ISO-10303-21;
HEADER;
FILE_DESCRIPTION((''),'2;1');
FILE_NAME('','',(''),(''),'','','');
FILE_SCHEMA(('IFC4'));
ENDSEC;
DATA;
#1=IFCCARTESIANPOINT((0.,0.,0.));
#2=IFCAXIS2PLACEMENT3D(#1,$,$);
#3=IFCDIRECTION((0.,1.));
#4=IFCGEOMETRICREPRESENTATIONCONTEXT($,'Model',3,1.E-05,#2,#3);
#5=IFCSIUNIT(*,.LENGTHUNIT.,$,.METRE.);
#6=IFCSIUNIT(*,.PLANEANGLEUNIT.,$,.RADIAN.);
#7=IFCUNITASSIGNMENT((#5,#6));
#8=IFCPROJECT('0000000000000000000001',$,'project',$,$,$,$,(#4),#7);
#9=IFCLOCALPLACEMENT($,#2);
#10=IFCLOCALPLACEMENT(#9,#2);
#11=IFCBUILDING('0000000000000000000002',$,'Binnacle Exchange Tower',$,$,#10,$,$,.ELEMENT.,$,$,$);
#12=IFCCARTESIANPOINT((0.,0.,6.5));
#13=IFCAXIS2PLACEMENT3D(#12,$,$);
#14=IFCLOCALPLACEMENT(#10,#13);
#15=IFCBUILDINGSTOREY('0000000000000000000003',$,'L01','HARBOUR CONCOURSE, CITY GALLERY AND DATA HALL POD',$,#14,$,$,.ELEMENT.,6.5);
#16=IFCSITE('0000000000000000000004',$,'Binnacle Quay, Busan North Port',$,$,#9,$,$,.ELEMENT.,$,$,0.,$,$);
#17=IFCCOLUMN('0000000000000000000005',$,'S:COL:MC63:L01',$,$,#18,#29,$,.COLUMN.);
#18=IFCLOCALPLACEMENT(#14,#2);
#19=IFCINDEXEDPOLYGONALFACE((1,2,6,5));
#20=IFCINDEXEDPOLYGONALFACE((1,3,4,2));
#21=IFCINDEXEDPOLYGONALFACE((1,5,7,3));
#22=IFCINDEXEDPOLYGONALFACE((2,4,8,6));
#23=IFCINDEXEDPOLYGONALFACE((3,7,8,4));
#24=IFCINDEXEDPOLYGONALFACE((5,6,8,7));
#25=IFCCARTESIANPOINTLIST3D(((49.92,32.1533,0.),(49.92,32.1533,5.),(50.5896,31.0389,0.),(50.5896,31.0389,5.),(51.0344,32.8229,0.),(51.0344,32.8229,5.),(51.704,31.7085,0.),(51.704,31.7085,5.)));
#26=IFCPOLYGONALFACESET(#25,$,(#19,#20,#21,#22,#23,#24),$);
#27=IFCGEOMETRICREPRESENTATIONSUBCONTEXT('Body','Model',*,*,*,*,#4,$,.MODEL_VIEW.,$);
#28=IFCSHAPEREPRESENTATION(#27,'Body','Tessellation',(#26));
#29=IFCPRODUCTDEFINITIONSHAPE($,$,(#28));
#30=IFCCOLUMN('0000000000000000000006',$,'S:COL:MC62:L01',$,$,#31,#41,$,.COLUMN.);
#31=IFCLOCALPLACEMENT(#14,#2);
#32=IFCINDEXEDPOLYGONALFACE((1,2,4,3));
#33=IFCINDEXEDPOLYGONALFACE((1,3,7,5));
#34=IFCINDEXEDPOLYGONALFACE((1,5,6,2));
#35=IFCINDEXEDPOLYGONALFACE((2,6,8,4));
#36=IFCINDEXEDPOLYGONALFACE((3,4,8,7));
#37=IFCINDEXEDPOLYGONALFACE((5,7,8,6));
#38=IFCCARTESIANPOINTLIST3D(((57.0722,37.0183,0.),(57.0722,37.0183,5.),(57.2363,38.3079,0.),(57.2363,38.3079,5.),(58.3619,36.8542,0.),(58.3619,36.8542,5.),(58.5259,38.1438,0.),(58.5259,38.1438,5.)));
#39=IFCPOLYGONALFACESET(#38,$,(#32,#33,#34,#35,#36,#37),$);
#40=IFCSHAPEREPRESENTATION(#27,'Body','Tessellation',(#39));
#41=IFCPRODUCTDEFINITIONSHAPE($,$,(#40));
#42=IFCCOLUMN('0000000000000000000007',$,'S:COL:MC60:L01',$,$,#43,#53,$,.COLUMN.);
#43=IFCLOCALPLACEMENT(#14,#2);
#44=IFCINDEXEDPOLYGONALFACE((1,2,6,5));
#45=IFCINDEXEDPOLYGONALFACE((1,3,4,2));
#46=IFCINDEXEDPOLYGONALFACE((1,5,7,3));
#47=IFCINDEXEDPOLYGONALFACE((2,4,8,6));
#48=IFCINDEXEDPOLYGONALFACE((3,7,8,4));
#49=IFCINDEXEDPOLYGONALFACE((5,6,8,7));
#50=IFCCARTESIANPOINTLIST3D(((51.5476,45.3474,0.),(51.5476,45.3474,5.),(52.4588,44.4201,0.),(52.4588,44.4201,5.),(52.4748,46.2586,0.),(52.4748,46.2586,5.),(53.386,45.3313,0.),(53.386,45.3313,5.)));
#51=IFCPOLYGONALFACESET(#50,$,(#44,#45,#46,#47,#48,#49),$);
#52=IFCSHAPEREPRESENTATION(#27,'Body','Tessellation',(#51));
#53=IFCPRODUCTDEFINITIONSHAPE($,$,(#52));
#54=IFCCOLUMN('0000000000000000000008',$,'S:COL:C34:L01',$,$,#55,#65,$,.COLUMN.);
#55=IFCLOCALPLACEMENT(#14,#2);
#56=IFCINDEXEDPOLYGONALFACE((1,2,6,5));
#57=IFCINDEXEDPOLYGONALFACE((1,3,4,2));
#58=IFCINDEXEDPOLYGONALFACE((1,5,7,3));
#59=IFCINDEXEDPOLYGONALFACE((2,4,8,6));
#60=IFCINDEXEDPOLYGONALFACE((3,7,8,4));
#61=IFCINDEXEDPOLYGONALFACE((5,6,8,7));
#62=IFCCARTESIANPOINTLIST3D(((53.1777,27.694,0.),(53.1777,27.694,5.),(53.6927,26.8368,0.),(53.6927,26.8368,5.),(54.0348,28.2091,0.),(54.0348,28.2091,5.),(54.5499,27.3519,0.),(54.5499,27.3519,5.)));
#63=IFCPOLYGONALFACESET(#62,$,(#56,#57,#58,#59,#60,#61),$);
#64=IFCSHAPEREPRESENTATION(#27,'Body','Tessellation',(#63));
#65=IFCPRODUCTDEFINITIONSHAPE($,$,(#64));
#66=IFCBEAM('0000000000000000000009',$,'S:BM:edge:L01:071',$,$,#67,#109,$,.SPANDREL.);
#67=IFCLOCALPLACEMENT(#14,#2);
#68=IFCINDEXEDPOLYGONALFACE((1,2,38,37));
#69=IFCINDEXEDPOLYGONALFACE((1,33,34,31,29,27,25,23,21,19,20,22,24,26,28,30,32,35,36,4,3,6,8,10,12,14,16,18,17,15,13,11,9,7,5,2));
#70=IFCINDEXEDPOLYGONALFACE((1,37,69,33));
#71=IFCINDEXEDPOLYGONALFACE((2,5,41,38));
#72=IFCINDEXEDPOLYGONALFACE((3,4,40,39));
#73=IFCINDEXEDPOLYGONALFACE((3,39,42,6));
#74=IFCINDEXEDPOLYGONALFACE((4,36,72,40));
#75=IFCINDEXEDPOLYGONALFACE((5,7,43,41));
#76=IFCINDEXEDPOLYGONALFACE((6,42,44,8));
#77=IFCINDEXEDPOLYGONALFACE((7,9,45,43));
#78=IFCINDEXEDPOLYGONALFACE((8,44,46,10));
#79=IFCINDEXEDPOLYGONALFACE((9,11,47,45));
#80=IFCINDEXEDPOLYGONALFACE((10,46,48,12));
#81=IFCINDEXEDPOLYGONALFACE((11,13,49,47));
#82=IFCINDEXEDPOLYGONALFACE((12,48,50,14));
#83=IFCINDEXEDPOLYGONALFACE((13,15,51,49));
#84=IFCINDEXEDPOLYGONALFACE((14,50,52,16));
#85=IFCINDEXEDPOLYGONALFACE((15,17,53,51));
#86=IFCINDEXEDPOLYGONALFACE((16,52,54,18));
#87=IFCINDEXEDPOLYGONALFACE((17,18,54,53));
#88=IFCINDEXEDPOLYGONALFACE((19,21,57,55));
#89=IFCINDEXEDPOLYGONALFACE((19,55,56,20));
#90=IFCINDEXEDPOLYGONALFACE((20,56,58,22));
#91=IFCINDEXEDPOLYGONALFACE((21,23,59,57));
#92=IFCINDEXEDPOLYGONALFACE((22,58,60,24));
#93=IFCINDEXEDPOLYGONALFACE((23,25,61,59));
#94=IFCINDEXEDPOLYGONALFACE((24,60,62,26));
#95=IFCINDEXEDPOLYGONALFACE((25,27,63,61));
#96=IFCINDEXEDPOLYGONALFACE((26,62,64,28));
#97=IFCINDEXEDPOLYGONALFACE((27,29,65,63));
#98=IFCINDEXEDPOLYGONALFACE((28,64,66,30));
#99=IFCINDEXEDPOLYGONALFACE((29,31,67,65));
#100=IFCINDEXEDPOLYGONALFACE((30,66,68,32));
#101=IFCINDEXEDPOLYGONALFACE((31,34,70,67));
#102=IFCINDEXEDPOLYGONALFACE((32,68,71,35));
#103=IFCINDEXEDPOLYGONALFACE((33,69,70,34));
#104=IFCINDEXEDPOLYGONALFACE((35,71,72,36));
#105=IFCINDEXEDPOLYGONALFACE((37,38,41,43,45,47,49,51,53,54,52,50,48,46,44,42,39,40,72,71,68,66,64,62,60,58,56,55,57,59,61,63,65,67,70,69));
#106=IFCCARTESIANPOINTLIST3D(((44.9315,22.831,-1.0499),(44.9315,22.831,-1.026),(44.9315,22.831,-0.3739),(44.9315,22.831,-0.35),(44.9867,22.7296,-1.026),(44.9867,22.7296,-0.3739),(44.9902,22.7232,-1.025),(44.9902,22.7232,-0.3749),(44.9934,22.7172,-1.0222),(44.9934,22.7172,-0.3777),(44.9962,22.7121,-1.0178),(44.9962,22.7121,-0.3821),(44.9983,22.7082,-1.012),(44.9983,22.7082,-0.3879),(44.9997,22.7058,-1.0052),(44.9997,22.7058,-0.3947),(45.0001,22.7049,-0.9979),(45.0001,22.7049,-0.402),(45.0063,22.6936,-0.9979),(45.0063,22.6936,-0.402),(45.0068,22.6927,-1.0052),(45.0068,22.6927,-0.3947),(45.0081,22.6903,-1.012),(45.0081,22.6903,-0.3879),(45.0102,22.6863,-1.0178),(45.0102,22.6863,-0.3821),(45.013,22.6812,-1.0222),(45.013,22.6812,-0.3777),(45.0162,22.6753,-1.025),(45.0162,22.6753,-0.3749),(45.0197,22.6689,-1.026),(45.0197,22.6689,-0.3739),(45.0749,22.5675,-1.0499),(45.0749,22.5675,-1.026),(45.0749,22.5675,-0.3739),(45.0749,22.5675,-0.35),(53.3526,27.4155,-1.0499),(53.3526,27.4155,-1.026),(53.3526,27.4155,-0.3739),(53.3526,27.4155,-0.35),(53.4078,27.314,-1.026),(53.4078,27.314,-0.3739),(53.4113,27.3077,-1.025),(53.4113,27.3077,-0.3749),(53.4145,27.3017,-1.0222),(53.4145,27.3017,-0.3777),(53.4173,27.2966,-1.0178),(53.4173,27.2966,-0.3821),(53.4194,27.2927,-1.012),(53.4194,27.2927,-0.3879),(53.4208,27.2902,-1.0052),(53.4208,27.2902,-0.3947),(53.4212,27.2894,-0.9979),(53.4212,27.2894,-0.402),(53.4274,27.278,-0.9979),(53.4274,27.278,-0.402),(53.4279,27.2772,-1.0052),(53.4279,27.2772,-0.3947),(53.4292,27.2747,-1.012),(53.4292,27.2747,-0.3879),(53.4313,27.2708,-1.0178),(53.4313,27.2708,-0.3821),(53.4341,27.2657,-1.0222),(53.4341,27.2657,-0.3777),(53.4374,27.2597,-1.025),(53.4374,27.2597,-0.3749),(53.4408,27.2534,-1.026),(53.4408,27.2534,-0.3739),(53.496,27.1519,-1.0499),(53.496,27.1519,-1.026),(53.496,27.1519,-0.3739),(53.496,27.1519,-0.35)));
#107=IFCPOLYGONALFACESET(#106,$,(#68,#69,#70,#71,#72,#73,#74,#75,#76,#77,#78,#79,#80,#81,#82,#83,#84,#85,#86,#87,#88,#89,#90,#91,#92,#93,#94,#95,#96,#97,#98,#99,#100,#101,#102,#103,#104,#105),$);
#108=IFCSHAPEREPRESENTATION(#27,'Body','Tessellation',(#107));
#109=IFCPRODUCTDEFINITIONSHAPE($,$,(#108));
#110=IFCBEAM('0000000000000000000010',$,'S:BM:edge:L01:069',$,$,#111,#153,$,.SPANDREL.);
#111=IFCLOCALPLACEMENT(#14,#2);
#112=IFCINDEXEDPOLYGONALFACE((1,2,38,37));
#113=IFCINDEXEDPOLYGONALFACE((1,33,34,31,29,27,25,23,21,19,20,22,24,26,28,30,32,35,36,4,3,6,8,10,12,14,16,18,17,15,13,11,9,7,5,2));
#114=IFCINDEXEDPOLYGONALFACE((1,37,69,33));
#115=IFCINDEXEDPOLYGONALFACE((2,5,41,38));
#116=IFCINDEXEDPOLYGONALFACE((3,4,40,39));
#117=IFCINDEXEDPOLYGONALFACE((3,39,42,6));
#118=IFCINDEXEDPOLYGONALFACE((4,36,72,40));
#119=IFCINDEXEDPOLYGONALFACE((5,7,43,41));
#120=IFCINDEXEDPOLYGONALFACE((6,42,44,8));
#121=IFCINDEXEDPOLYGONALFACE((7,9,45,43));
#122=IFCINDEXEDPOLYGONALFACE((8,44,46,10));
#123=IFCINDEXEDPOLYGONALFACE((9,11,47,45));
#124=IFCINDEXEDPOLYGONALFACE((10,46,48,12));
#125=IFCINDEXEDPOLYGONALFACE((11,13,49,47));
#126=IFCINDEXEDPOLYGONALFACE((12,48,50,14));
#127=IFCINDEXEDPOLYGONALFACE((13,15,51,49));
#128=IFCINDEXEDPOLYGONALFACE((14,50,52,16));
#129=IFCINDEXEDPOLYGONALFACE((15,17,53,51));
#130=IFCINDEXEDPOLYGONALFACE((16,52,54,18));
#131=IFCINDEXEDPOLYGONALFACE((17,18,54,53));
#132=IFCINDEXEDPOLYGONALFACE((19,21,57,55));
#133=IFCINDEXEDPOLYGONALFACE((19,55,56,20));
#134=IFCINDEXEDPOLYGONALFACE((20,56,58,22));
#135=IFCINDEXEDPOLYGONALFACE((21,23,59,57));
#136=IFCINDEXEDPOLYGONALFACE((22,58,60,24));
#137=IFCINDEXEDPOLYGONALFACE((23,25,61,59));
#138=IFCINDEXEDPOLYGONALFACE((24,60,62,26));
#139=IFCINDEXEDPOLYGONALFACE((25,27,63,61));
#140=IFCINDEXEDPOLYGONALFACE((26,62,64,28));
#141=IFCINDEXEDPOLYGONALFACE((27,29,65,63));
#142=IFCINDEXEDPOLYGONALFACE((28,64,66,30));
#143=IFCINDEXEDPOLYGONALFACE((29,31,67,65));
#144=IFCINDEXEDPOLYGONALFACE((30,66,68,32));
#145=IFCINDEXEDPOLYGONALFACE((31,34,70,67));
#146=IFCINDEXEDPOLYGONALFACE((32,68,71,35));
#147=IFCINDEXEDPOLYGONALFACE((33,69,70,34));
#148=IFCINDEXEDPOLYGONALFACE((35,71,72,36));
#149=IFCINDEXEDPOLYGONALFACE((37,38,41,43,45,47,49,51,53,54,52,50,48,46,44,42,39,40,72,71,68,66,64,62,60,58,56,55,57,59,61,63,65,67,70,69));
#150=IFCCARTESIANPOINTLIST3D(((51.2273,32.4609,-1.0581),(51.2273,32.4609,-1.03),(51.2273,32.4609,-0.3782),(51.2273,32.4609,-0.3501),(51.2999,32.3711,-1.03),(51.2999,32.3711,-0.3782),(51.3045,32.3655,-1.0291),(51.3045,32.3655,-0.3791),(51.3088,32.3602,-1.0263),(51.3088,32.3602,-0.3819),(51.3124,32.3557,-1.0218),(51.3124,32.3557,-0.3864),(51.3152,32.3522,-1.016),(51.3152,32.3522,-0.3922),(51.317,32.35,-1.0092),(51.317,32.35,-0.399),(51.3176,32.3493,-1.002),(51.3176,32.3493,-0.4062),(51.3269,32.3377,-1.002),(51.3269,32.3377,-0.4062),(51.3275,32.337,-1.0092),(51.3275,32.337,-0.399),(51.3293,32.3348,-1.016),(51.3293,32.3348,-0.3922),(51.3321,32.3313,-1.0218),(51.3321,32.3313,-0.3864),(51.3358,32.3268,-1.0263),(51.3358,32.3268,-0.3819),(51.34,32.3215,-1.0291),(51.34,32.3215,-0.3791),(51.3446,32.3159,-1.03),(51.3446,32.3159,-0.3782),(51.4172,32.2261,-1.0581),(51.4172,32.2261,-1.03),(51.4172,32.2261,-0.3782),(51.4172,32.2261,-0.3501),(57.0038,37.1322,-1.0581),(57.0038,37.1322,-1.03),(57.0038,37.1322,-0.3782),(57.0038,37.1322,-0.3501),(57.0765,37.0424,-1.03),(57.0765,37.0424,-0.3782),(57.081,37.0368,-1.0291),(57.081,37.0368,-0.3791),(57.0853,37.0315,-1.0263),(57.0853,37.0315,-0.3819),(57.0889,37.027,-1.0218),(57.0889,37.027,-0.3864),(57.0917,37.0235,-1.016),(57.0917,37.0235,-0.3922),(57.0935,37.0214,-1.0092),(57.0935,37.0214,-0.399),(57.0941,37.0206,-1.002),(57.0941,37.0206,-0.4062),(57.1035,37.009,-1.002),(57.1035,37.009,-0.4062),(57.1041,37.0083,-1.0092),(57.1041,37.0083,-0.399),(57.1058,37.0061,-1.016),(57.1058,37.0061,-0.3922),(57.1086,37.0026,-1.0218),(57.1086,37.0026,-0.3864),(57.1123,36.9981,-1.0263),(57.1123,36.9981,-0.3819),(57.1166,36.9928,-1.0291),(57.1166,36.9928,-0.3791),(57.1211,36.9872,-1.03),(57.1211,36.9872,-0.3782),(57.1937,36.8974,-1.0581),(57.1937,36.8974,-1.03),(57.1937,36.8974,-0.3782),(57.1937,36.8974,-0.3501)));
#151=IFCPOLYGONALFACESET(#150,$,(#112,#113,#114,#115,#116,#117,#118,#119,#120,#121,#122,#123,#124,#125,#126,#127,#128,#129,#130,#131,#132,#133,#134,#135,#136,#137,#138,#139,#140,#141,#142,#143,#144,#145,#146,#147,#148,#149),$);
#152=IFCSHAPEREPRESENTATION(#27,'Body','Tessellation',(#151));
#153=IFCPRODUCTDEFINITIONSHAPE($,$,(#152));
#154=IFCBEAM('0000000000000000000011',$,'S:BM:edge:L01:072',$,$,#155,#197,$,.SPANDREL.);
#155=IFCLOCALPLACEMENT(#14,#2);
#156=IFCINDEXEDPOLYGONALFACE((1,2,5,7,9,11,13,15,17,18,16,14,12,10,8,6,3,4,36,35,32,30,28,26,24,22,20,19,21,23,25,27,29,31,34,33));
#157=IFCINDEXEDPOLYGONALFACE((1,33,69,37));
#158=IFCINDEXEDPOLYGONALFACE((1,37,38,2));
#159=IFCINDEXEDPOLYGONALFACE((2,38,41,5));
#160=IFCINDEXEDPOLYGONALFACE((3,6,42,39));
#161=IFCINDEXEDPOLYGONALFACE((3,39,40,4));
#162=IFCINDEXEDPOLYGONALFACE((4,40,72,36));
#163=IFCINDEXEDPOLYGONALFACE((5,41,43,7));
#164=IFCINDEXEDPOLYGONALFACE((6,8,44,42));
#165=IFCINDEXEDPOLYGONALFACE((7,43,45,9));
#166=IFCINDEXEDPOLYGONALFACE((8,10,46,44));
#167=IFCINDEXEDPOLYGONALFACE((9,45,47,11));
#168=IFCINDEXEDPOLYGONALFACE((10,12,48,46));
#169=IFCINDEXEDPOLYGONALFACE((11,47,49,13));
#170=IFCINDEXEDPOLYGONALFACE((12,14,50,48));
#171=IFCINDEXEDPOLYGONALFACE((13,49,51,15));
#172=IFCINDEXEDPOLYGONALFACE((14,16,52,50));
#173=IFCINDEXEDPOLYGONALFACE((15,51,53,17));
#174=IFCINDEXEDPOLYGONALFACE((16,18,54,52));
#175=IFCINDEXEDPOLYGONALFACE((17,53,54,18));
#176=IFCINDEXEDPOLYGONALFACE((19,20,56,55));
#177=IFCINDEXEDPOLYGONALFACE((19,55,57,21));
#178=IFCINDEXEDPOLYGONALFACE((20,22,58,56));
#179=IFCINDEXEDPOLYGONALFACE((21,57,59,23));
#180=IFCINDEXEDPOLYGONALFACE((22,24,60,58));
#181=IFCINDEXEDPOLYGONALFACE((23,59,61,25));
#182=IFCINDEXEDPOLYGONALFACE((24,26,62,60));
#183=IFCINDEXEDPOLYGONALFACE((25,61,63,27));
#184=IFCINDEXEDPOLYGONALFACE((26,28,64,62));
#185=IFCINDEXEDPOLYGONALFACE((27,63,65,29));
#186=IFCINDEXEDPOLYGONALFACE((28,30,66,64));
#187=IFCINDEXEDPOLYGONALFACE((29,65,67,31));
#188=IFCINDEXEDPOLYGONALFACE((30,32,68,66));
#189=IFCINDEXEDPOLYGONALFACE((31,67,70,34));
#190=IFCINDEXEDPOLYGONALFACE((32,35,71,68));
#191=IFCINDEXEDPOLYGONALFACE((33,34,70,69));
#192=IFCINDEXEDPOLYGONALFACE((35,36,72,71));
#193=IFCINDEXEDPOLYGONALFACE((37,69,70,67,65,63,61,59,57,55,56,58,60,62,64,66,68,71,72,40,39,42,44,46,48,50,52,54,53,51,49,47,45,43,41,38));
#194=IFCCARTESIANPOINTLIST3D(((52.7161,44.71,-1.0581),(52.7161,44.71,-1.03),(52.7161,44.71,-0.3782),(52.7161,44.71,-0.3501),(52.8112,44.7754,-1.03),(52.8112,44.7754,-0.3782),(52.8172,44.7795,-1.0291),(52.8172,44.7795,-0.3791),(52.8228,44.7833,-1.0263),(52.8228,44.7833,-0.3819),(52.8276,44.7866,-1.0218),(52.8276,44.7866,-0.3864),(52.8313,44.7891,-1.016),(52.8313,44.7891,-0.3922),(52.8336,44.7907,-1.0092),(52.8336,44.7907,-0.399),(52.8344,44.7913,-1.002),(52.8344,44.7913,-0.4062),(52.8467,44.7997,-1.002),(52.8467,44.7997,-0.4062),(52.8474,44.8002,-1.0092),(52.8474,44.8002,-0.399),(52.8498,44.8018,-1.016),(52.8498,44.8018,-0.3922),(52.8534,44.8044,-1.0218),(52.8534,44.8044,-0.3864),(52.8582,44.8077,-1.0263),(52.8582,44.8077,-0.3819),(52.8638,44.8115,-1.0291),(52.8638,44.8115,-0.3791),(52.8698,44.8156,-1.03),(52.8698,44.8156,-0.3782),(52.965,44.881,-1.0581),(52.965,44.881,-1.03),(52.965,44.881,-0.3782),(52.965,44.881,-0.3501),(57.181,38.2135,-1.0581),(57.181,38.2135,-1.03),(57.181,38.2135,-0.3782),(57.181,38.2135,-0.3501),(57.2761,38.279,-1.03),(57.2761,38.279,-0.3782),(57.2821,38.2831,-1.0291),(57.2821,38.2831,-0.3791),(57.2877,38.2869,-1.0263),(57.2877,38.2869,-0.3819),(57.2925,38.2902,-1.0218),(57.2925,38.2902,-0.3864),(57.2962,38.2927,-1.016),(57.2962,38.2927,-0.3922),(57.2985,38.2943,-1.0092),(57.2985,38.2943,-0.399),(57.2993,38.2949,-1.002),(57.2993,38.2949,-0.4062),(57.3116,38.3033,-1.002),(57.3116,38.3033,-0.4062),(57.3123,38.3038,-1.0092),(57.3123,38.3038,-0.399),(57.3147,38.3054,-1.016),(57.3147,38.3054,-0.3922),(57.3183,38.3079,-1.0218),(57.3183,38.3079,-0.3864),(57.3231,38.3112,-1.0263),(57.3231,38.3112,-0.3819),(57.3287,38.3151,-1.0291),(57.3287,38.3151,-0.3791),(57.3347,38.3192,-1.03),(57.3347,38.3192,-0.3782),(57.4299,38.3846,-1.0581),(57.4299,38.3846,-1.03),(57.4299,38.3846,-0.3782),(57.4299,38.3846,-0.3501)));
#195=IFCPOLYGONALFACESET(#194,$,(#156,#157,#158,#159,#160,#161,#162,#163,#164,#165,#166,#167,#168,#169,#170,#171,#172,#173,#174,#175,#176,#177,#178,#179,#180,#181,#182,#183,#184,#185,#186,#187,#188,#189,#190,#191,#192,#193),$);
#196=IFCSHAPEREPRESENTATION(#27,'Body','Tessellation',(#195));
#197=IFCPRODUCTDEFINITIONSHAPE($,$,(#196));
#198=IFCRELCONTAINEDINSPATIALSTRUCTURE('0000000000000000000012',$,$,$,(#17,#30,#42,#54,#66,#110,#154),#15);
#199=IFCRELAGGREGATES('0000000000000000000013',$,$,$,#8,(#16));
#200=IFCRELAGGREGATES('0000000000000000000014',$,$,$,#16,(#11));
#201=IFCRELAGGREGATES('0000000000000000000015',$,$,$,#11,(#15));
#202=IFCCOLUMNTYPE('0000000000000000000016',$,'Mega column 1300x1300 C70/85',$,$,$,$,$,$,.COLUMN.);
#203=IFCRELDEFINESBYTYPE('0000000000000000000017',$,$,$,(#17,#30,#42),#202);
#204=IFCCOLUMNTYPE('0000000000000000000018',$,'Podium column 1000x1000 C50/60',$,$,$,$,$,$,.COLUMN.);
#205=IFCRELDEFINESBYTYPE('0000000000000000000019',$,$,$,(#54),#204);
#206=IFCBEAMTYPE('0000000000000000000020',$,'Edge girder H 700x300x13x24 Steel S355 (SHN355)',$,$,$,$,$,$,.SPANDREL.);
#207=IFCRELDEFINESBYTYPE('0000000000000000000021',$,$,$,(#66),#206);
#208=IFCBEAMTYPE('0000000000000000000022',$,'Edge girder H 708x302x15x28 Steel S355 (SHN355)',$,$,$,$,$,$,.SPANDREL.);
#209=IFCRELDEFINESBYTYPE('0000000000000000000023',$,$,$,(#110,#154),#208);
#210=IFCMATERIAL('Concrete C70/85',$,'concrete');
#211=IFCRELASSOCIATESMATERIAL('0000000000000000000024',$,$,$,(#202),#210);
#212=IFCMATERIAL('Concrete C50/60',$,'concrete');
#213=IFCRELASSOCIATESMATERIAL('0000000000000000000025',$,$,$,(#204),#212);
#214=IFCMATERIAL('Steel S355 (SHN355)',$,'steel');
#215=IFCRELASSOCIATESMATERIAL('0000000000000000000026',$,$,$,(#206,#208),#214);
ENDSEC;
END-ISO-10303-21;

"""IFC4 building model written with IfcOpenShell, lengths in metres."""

from ifc_helpers import new_model, si_unit, direction, frame, origin, origin_2d, place, context, subcontext, project, spatial, rectangle, i_section, extrude, material, material_profile, profile_set, type_object, element, save


model = new_model("IFC4")

# Units and contexts
model_context = context("Model", 3, precision=1e-05, world=origin(), true_north=direction((0.0, 1.0)))
body_context = subcontext(model_context, "Body", "Model", "MODEL_VIEW")
ifc_project = project(units=[si_unit("LENGTHUNIT", "METRE"), si_unit("PLANEANGLEUNIT", "RADIAN")], contexts=[model_context])

# Site, building, storey
site_placement = place(None, origin())
site = spatial("IfcSite", under=ifc_project, at=site_placement, Name="Binnacle Quay, Busan North Port", CompositionType="ELEMENT", RefElevation=0.0)
building_placement = place(site_placement, origin())
building = spatial("IfcBuilding", under=site, at=building_placement, Name="Binnacle Exchange Tower", CompositionType="ELEMENT")
storey_placement = place(building_placement, frame((0.0, 0.0, 6.5)))
storey = spatial("IfcBuildingStorey", under=building, at=storey_placement, Name="L01", Description="HARBOUR CONCOURSE, CITY GALLERY AND DATA HALL POD", CompositionType="ELEMENT", Elevation=6.5)

# Columns
ifc_material_1 = material(Name="Concrete C70/85", Category="concrete")
ifc_material_profile_1 = material_profile(ifc_material_1, rectangle(XDim=1.3, YDim=1.3, at=origin_2d()), Name="Mega column 1300x1300 C70/85")
ifc_profile_set_1 = profile_set([ifc_material_profile_1], Name="Concrete C70/85")
column_type_1 = type_object("IfcColumnType", Name="Mega column 1300x1300 C70/85", PredefinedType="COLUMN", material=ifc_profile_set_1)
for number, where, z_axis, x_axis, name in (
    (1, (50.812, 31.9309, 0.0), (0.0, 0.0, 1.0), (0.857167, 0.515038, 0.0), "S:COL:MC63:L01"),
    (2, (57.7991, 37.5811, 0.0), (0.0, 0.0, 1.0), (0.126199, 0.992005, 0.0), "S:COL:MC62:L01"),
    (3, (52.4668, 45.3394, 0.0), (0.0, 0.0, 1.0), (-0.700909, 0.71325, 0.0), "S:COL:MC60:L01"),
):
    element("IfcColumn", number, at=place(storey_placement, frame(where, z_axis=z_axis, x_axis=x_axis)), inside=storey, type_object=column_type_1, Name=name, PredefinedType="COLUMN", context=body_context, shape_type="SweptSolid", body=[
        extrude(rectangle(XDim=1.3, YDim=1.3, at=origin_2d()), origin(), (0.0, 0.0, 1.0), 5.0),
    ])
ifc_material_2 = material(Name="Concrete C50/60", Category="concrete")
ifc_material_profile_2 = material_profile(ifc_material_2, rectangle(XDim=1.0, YDim=1.0, at=origin_2d()), Name="Podium column 1000x1000 C50/60")
ifc_profile_set_2 = profile_set([ifc_material_profile_2], Name="Concrete C50/60")
column_type_2 = type_object("IfcColumnType", Name="Podium column 1000x1000 C50/60", PredefinedType="COLUMN", material=ifc_profile_set_2)
column_placement = place(storey_placement, frame((53.8638, 27.5229, 0.0), z_axis=(0.0, 0.0, 1.0), x_axis=(0.857167, 0.515038, 0.0)))
element("IfcColumn", 4, at=column_placement, inside=storey, type_object=column_type_2, Name="S:COL:C34:L01", PredefinedType="COLUMN", context=body_context, shape_type="SweptSolid", body=[
    extrude(rectangle(XDim=1.0, YDim=1.0, at=origin_2d()), origin(), (0.0, 0.0, 1.0), 5.0),
])

# Beams
ifc_material_3 = material(Name="Steel S355 (SHN355)", Category="steel")
ifc_material_profile_3 = material_profile(ifc_material_3, i_section(OverallWidth=0.3, OverallDepth=0.7, WebThickness=0.0129, FlangeThickness=0.0239, FilletRadius=0.0281, at=origin_2d()), Name="H 700x300x13x24")
ifc_profile_set_3 = profile_set([ifc_material_profile_3], Name="Steel S355 (SHN355)")
beam_type_1 = type_object("IfcBeamType", Name="Edge girder H 700x300x13x24 Steel S355 (SHN355)", PredefinedType="SPANDREL", material=ifc_profile_set_3)
beam_1_placement = place(storey_placement, frame((53.4243, 27.2837, -0.7), z_axis=(-0.878285, -0.478138, 0.0), x_axis=(0.478138, -0.878285, 0.0)))
element("IfcBeam", 5, at=beam_1_placement, inside=storey, type_object=beam_type_1, Name="S:BM:edge:L01:071", PredefinedType="SPANDREL", context=body_context, shape_type="SweptSolid", body=[
    extrude(i_section(OverallWidth=0.3, OverallDepth=0.7, WebThickness=0.0129, FlangeThickness=0.0239, FilletRadius=0.0281, at=origin_2d()), origin(), (0.0, 0.0, 1.0), 9.5881),
])
ifc_material_profile_4 = material_profile(ifc_material_3, i_section(OverallWidth=0.302, OverallDepth=0.708, WebThickness=0.0149, FlangeThickness=0.0281, FilletRadius=0.0281, at=origin_2d()), Name="H 708x302x15x28")
ifc_profile_set_4 = profile_set([ifc_material_profile_4], Name="Steel S355 (SHN355)")
beam_type_2 = type_object("IfcBeamType", Name="Edge girder H 708x302x15x28 Steel S355 (SHN355)", PredefinedType="SPANDREL", material=ifc_profile_set_4)
beam_2_placement = place(storey_placement, frame((51.3223, 32.3435, -0.7041), z_axis=(0.777568, 0.628798, 0.0), x_axis=(-0.628798, 0.777568, 0.0)))
element("IfcBeam", 6, at=beam_2_placement, inside=storey, type_object=beam_type_2, Name="S:BM:edge:L01:069", PredefinedType="SPANDREL", context=body_context, shape_type="SweptSolid", body=[
    extrude(i_section(OverallWidth=0.302, OverallDepth=0.708, WebThickness=0.0149, FlangeThickness=0.0281, FilletRadius=0.0281, at=origin_2d()), origin(), (0.0, 0.0, 1.0), 7.429),
])
beam_3_placement = place(storey_placement, frame((57.3054, 38.2991, -0.7041), z_axis=(-0.566409, 0.824124, 0.0), x_axis=(-0.824124, -0.566409, 0.0)))
element("IfcBeam", 7, at=beam_3_placement, inside=storey, type_object=beam_type_2, Name="S:BM:edge:L01:072", PredefinedType="SPANDREL", context=body_context, shape_type="SweptSolid", body=[
    extrude(i_section(OverallWidth=0.302, OverallDepth=0.708, WebThickness=0.0149, FlangeThickness=0.0281, FilletRadius=0.0281, at=origin_2d()), origin(), (0.0, 0.0, 1.0), 7.8828),
])

save(model, "model.ifc")
